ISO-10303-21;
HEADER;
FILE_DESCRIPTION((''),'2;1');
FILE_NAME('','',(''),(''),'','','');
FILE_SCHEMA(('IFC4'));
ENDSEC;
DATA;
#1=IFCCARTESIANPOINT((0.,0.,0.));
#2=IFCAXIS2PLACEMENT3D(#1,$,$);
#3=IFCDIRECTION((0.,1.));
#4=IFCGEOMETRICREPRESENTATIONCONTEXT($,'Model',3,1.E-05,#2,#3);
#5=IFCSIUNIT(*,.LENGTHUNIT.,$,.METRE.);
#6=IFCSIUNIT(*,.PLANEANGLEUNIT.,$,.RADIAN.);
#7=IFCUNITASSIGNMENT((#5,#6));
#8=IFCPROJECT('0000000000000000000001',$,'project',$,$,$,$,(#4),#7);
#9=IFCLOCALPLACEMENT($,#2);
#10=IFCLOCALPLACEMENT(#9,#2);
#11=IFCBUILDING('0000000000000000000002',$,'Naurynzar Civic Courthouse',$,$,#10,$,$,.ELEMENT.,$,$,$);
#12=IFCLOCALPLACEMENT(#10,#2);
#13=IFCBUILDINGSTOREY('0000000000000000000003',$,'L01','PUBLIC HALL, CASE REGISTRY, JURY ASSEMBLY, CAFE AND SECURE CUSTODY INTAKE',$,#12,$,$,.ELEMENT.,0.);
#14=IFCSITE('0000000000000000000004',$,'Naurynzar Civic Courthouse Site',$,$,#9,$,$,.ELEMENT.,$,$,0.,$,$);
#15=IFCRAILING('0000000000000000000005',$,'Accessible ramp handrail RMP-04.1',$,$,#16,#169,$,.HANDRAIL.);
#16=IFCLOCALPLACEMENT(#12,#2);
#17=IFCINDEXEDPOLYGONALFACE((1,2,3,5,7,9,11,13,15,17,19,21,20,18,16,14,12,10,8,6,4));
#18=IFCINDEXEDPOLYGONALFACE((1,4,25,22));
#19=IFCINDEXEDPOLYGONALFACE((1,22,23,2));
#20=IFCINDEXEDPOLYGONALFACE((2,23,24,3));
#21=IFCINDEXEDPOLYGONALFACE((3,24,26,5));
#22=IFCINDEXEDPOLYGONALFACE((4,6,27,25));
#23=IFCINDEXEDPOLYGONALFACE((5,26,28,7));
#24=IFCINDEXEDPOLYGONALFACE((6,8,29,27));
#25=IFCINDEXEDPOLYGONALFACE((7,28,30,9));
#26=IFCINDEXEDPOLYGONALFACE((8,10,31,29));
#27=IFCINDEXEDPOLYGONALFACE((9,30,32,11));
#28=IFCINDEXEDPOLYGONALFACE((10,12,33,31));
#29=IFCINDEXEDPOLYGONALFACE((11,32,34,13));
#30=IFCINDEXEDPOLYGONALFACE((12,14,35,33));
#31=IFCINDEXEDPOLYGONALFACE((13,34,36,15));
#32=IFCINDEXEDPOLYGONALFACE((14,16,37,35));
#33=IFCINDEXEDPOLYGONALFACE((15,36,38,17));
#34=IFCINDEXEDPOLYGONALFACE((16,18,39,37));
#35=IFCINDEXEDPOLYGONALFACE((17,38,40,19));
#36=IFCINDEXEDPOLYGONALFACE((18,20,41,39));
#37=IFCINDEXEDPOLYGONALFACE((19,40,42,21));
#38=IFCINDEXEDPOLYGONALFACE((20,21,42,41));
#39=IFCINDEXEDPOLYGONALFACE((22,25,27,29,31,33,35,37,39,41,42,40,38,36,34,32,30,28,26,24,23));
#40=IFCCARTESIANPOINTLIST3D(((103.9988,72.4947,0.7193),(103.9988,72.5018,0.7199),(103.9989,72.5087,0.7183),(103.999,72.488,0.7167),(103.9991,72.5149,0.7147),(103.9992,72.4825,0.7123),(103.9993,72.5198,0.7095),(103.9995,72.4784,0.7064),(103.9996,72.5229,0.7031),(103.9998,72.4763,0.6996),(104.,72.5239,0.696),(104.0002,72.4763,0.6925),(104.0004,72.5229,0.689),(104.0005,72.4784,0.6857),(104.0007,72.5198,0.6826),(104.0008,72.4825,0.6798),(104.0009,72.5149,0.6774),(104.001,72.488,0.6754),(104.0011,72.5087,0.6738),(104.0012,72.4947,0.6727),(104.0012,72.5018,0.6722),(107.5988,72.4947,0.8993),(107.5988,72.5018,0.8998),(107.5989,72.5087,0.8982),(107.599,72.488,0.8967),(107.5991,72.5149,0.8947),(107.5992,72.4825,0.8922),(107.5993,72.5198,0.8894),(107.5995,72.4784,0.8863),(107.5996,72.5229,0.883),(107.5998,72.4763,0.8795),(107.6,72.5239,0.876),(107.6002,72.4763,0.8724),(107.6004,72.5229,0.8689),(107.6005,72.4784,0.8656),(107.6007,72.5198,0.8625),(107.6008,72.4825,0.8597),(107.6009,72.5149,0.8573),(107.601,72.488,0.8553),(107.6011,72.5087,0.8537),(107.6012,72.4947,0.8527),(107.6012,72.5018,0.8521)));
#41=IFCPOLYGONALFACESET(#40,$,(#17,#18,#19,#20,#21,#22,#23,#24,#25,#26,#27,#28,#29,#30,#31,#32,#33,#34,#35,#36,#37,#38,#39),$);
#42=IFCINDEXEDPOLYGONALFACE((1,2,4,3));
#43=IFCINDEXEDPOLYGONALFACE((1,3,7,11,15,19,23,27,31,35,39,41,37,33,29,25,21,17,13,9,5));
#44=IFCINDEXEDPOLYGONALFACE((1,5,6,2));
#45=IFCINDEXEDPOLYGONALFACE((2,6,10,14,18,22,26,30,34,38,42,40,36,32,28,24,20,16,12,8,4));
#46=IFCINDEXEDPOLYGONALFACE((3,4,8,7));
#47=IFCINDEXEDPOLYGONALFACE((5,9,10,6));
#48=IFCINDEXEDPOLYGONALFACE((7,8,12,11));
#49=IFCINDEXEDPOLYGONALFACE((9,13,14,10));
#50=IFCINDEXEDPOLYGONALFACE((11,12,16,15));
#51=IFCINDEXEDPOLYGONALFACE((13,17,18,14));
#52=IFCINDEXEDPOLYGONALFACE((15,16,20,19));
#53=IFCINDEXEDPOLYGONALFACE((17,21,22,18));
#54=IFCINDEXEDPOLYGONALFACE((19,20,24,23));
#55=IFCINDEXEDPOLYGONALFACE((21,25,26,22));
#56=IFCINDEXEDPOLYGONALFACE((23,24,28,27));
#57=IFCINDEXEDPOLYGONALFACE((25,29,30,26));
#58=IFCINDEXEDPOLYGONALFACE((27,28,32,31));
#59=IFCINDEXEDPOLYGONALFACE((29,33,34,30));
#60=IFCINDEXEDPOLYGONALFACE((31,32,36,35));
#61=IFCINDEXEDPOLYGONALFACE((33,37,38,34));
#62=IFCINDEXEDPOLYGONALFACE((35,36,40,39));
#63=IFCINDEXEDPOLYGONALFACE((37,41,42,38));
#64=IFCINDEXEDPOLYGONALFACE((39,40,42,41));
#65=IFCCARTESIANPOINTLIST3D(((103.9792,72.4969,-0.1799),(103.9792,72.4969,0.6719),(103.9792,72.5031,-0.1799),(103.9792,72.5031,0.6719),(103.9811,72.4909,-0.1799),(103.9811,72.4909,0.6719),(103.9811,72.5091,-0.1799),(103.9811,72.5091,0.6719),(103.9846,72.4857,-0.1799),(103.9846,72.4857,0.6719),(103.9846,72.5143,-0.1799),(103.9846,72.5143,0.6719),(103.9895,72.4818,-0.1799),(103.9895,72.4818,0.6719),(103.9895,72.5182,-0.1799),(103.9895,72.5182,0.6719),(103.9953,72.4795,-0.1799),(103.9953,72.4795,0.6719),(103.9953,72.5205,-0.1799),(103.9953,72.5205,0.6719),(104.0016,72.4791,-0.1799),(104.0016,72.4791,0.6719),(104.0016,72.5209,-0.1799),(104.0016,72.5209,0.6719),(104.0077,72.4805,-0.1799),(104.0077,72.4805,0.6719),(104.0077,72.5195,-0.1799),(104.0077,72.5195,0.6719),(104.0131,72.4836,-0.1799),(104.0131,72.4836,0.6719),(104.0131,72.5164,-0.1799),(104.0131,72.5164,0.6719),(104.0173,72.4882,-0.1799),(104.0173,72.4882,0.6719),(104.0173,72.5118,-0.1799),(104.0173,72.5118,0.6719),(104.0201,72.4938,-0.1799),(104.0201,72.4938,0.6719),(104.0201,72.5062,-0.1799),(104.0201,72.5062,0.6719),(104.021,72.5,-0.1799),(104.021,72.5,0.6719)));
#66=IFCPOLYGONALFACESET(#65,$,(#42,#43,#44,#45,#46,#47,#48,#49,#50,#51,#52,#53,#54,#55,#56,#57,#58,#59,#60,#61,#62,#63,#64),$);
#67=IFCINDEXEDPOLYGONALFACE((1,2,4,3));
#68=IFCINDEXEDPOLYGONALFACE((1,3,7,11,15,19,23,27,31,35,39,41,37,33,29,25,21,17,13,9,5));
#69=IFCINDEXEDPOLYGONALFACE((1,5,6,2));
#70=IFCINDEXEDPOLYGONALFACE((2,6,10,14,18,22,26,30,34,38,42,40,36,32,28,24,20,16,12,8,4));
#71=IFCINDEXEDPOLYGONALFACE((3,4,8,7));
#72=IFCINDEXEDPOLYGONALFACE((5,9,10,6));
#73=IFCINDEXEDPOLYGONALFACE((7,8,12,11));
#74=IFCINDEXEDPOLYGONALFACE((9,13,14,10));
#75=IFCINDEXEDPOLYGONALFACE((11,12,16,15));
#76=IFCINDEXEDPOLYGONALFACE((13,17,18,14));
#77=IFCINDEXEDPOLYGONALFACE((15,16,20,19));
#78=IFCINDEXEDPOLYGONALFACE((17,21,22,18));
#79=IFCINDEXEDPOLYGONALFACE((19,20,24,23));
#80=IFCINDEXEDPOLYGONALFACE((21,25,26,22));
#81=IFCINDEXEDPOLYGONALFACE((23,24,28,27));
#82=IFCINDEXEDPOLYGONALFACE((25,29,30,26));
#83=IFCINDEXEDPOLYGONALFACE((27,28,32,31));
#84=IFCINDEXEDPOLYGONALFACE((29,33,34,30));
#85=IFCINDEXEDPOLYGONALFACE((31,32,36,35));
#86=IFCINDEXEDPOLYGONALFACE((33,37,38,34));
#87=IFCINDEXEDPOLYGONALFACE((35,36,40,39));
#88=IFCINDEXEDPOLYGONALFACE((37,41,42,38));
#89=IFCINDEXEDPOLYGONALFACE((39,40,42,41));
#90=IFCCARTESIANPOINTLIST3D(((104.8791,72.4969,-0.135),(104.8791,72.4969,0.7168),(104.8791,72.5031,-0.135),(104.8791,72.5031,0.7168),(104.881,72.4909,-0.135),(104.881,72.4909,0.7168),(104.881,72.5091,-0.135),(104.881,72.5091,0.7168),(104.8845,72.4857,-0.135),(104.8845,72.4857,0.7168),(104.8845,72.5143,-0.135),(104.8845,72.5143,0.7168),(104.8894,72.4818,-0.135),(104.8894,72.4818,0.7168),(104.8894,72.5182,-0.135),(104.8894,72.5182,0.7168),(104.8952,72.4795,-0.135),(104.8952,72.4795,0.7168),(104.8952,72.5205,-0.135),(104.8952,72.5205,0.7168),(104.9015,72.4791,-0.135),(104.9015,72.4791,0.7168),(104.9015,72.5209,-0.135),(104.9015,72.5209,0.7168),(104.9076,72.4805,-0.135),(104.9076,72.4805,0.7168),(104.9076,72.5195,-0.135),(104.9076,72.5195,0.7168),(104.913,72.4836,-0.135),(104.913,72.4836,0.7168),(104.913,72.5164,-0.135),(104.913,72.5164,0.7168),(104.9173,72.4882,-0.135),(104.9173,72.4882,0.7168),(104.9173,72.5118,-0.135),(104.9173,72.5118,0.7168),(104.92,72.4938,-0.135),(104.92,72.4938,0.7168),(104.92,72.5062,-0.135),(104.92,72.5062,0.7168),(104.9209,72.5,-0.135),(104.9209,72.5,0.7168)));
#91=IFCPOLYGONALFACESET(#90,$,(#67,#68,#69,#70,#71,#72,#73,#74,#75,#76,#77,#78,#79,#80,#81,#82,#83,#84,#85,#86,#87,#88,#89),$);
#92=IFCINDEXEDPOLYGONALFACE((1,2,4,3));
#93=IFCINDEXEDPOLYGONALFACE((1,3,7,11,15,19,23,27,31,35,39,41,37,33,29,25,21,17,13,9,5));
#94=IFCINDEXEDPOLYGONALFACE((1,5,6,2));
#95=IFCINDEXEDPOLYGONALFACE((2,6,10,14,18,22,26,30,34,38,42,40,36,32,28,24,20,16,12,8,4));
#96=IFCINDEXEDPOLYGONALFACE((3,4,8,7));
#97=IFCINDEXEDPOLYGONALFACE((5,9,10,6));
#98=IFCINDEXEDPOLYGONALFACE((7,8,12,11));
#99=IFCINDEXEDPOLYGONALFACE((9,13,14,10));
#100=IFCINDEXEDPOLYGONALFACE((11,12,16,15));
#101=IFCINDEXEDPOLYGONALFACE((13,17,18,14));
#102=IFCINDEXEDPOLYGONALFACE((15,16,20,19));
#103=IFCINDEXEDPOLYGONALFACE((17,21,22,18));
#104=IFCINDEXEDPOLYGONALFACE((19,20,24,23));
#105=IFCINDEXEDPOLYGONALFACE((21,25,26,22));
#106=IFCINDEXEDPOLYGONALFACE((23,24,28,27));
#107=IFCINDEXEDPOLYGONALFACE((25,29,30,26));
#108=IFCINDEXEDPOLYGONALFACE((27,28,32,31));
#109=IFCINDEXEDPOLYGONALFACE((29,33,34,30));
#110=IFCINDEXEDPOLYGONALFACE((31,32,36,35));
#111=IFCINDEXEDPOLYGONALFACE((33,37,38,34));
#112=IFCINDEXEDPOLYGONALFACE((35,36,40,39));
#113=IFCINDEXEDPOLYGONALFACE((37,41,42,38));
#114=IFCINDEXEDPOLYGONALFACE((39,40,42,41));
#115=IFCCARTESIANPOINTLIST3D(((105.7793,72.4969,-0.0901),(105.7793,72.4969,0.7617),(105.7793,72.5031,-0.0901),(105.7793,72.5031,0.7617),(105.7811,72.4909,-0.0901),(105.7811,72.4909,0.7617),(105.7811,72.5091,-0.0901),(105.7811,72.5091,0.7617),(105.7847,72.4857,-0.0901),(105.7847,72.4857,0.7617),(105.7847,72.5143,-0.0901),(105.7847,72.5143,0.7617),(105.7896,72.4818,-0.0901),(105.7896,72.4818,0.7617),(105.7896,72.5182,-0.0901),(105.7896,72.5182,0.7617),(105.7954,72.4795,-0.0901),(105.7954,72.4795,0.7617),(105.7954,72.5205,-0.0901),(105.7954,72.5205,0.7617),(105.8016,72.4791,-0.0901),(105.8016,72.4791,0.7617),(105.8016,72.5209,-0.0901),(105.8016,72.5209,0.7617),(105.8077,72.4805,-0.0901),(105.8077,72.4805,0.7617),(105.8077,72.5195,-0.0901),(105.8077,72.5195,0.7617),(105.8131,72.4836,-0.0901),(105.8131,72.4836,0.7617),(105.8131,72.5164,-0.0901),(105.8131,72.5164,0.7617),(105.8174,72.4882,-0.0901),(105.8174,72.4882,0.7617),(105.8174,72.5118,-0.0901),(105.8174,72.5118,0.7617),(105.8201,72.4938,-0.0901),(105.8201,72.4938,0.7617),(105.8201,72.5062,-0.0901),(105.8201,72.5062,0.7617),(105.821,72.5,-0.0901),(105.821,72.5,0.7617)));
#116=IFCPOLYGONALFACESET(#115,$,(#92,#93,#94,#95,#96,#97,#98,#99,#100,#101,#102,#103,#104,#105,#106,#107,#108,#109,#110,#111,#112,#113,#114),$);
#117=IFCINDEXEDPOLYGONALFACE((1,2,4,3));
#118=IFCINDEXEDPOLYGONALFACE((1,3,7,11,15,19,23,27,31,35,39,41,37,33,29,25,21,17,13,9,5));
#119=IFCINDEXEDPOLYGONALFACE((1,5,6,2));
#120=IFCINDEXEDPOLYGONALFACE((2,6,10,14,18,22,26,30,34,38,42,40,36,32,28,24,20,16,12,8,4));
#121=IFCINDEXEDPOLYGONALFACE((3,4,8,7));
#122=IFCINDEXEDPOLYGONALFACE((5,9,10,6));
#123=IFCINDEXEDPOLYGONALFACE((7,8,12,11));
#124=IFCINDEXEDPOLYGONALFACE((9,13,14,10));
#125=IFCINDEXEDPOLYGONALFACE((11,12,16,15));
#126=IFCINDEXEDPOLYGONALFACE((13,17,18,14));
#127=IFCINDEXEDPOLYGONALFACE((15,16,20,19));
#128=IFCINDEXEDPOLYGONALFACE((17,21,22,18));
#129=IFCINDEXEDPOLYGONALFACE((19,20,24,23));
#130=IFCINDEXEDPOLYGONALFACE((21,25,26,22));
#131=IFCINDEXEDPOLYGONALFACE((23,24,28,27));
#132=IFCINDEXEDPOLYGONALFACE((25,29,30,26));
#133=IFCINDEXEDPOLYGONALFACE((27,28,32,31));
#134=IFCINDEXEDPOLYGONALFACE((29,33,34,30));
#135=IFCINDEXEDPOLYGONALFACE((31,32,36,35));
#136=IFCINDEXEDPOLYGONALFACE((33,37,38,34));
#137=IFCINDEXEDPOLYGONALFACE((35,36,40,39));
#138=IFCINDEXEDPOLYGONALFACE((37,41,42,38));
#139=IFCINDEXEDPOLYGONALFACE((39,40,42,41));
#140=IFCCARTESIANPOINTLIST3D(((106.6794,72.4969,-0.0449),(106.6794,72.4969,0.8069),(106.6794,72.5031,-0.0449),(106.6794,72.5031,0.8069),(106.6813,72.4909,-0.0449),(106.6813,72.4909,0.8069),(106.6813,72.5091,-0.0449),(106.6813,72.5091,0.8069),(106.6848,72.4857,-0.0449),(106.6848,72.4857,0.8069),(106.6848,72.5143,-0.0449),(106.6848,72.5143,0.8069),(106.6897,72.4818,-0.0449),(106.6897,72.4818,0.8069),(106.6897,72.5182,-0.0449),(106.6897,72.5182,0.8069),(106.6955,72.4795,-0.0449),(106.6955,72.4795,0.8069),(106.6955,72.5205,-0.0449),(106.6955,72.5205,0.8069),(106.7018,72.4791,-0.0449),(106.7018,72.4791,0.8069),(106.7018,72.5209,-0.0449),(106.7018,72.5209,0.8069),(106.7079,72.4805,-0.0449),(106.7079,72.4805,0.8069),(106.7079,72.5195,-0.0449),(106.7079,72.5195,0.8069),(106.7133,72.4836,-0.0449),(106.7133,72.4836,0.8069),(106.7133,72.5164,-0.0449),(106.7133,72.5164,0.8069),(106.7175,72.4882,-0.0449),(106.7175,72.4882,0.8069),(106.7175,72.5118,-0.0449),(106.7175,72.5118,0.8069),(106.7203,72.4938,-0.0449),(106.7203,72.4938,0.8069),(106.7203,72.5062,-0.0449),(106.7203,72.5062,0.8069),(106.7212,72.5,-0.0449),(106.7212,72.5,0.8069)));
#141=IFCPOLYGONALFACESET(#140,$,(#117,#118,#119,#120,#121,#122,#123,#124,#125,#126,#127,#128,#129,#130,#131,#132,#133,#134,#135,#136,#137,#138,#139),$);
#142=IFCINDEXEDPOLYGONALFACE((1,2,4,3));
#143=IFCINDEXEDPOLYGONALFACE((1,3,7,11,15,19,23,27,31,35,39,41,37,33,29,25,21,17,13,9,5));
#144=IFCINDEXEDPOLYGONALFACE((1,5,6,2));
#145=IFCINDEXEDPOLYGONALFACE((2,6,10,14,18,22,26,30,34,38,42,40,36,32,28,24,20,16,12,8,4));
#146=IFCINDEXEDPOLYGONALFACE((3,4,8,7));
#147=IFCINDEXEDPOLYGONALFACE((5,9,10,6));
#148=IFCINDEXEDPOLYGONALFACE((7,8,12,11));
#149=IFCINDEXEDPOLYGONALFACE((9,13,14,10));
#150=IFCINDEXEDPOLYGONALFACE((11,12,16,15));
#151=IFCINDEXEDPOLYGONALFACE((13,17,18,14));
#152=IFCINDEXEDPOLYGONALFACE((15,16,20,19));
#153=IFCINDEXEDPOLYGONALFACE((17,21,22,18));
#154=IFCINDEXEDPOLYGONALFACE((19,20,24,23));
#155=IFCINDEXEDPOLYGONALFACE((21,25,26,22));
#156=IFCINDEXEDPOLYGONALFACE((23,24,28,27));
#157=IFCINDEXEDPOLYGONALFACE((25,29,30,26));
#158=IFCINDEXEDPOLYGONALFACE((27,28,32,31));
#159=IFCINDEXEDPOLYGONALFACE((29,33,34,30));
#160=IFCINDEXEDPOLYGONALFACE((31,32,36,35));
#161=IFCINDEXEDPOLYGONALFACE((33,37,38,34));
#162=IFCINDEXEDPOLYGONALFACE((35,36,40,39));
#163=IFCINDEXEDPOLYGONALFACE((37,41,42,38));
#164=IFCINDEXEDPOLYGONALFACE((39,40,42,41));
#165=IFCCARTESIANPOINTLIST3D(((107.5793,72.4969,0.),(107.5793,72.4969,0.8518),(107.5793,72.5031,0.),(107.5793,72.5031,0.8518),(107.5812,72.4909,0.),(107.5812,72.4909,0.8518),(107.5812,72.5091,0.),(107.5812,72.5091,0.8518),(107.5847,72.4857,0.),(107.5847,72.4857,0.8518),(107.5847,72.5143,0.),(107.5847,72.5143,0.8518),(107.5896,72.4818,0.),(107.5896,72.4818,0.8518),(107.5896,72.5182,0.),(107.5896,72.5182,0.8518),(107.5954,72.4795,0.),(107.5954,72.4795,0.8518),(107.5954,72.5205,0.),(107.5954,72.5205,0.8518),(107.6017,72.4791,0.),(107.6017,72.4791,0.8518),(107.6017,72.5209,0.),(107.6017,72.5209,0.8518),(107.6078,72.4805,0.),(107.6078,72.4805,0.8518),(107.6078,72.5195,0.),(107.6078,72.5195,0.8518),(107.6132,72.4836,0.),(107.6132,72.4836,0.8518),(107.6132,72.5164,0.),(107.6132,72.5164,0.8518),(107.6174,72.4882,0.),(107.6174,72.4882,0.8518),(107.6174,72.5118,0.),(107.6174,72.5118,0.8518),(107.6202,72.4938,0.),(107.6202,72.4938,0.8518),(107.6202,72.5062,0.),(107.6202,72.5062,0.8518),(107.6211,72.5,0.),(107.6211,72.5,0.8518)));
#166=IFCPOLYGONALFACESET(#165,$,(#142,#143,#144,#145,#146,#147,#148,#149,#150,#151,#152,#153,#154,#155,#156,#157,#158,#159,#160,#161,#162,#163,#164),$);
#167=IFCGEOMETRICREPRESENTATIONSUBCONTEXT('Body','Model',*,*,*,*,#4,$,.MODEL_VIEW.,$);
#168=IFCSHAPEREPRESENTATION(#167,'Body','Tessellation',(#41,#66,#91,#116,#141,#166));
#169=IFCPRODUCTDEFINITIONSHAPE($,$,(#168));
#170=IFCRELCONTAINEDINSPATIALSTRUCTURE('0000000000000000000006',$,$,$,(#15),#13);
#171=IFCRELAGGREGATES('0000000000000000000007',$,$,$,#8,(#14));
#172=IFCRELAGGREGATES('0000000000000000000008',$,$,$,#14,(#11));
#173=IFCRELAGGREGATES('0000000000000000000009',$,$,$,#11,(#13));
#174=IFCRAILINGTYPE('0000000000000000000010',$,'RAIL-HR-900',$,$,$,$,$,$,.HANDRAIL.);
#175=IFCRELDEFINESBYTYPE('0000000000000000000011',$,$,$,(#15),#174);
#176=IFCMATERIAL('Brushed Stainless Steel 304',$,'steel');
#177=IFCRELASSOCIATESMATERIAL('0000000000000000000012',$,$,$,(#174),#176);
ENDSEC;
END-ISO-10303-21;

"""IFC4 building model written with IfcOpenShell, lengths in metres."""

from ifc_helpers import new_model, si_unit, direction, frame, origin, origin_2d, place, context, subcontext, project, spatial, circle, extrude, material, type_object, element, save


model = new_model("IFC4")

# Units and contexts
model_context = context("Model", 3, precision=1e-05, world=origin(), true_north=direction((0.0, 1.0)))
body_context = subcontext(model_context, "Body", "Model", "MODEL_VIEW")
ifc_project = project(units=[si_unit("LENGTHUNIT", "METRE"), si_unit("PLANEANGLEUNIT", "RADIAN")], contexts=[model_context])

# Site, building, storey
site_placement = place(None, origin())
site = spatial("IfcSite", under=ifc_project, at=site_placement, Name="Naurynzar Civic Courthouse Site", CompositionType="ELEMENT", RefElevation=0.0)
building_placement = place(site_placement, origin())
building = spatial("IfcBuilding", under=site, at=building_placement, Name="Naurynzar Civic Courthouse", CompositionType="ELEMENT")
storey_placement = place(building_placement, origin())
storey = spatial("IfcBuildingStorey", under=building, at=storey_placement, Name="L01", Description="PUBLIC HALL, CASE REGISTRY, JURY ASSEMBLY, CAFE AND SECURE CUSTODY INTAKE", CompositionType="ELEMENT", Elevation=0.0)

# Railing
ifc_material_1 = material(Name="Brushed Stainless Steel 304", Category="steel")
railing_type = type_object("IfcRailingType", Name="RAIL-HR-900", PredefinedType="HANDRAIL", material=ifc_material_1)
for number, where, name in (
    (1, (104.0, 72.5, -0.1799), "Accessible ramp handrail RMP-04.1"),
):
    element("IfcRailing", number, at=place(storey_placement, frame(where)), inside=storey, type_object=railing_type, Name=name, PredefinedType="HANDRAIL", context=body_context, shape_type="SweptSolid", body=[
        extrude(circle(Radius=0.0239, at=origin_2d()), frame((0.0, 0.0, 0.876), z_axis=(0.998753, 0.0, 0.049917), x_axis=(0.0, 1.0, 0.0)), (0.0, 0.0, 1.0), 3.6045),
        extrude(circle(Radius=0.021, at=origin_2d()), origin(), (0.0, 0.0, 1.0), 0.8518),
        extrude(circle(Radius=0.021, at=origin_2d()), frame((0.8999, 0.0, 0.0449)), (0.0, 0.0, 1.0), 0.8518),
        extrude(circle(Radius=0.021, at=origin_2d()), frame((1.8, 0.0, 0.0898)), (0.0, 0.0, 1.0), 0.8518),
        extrude(circle(Radius=0.021, at=origin_2d()), frame((2.7002, 0.0, 0.135)), (0.0, 0.0, 1.0), 0.8518),
        extrude(circle(Radius=0.021, at=origin_2d()), frame((3.6001, 0.0, 0.1799)), (0.0, 0.0, 1.0), 0.8518),
    ])

save(model, "model.ifc")
